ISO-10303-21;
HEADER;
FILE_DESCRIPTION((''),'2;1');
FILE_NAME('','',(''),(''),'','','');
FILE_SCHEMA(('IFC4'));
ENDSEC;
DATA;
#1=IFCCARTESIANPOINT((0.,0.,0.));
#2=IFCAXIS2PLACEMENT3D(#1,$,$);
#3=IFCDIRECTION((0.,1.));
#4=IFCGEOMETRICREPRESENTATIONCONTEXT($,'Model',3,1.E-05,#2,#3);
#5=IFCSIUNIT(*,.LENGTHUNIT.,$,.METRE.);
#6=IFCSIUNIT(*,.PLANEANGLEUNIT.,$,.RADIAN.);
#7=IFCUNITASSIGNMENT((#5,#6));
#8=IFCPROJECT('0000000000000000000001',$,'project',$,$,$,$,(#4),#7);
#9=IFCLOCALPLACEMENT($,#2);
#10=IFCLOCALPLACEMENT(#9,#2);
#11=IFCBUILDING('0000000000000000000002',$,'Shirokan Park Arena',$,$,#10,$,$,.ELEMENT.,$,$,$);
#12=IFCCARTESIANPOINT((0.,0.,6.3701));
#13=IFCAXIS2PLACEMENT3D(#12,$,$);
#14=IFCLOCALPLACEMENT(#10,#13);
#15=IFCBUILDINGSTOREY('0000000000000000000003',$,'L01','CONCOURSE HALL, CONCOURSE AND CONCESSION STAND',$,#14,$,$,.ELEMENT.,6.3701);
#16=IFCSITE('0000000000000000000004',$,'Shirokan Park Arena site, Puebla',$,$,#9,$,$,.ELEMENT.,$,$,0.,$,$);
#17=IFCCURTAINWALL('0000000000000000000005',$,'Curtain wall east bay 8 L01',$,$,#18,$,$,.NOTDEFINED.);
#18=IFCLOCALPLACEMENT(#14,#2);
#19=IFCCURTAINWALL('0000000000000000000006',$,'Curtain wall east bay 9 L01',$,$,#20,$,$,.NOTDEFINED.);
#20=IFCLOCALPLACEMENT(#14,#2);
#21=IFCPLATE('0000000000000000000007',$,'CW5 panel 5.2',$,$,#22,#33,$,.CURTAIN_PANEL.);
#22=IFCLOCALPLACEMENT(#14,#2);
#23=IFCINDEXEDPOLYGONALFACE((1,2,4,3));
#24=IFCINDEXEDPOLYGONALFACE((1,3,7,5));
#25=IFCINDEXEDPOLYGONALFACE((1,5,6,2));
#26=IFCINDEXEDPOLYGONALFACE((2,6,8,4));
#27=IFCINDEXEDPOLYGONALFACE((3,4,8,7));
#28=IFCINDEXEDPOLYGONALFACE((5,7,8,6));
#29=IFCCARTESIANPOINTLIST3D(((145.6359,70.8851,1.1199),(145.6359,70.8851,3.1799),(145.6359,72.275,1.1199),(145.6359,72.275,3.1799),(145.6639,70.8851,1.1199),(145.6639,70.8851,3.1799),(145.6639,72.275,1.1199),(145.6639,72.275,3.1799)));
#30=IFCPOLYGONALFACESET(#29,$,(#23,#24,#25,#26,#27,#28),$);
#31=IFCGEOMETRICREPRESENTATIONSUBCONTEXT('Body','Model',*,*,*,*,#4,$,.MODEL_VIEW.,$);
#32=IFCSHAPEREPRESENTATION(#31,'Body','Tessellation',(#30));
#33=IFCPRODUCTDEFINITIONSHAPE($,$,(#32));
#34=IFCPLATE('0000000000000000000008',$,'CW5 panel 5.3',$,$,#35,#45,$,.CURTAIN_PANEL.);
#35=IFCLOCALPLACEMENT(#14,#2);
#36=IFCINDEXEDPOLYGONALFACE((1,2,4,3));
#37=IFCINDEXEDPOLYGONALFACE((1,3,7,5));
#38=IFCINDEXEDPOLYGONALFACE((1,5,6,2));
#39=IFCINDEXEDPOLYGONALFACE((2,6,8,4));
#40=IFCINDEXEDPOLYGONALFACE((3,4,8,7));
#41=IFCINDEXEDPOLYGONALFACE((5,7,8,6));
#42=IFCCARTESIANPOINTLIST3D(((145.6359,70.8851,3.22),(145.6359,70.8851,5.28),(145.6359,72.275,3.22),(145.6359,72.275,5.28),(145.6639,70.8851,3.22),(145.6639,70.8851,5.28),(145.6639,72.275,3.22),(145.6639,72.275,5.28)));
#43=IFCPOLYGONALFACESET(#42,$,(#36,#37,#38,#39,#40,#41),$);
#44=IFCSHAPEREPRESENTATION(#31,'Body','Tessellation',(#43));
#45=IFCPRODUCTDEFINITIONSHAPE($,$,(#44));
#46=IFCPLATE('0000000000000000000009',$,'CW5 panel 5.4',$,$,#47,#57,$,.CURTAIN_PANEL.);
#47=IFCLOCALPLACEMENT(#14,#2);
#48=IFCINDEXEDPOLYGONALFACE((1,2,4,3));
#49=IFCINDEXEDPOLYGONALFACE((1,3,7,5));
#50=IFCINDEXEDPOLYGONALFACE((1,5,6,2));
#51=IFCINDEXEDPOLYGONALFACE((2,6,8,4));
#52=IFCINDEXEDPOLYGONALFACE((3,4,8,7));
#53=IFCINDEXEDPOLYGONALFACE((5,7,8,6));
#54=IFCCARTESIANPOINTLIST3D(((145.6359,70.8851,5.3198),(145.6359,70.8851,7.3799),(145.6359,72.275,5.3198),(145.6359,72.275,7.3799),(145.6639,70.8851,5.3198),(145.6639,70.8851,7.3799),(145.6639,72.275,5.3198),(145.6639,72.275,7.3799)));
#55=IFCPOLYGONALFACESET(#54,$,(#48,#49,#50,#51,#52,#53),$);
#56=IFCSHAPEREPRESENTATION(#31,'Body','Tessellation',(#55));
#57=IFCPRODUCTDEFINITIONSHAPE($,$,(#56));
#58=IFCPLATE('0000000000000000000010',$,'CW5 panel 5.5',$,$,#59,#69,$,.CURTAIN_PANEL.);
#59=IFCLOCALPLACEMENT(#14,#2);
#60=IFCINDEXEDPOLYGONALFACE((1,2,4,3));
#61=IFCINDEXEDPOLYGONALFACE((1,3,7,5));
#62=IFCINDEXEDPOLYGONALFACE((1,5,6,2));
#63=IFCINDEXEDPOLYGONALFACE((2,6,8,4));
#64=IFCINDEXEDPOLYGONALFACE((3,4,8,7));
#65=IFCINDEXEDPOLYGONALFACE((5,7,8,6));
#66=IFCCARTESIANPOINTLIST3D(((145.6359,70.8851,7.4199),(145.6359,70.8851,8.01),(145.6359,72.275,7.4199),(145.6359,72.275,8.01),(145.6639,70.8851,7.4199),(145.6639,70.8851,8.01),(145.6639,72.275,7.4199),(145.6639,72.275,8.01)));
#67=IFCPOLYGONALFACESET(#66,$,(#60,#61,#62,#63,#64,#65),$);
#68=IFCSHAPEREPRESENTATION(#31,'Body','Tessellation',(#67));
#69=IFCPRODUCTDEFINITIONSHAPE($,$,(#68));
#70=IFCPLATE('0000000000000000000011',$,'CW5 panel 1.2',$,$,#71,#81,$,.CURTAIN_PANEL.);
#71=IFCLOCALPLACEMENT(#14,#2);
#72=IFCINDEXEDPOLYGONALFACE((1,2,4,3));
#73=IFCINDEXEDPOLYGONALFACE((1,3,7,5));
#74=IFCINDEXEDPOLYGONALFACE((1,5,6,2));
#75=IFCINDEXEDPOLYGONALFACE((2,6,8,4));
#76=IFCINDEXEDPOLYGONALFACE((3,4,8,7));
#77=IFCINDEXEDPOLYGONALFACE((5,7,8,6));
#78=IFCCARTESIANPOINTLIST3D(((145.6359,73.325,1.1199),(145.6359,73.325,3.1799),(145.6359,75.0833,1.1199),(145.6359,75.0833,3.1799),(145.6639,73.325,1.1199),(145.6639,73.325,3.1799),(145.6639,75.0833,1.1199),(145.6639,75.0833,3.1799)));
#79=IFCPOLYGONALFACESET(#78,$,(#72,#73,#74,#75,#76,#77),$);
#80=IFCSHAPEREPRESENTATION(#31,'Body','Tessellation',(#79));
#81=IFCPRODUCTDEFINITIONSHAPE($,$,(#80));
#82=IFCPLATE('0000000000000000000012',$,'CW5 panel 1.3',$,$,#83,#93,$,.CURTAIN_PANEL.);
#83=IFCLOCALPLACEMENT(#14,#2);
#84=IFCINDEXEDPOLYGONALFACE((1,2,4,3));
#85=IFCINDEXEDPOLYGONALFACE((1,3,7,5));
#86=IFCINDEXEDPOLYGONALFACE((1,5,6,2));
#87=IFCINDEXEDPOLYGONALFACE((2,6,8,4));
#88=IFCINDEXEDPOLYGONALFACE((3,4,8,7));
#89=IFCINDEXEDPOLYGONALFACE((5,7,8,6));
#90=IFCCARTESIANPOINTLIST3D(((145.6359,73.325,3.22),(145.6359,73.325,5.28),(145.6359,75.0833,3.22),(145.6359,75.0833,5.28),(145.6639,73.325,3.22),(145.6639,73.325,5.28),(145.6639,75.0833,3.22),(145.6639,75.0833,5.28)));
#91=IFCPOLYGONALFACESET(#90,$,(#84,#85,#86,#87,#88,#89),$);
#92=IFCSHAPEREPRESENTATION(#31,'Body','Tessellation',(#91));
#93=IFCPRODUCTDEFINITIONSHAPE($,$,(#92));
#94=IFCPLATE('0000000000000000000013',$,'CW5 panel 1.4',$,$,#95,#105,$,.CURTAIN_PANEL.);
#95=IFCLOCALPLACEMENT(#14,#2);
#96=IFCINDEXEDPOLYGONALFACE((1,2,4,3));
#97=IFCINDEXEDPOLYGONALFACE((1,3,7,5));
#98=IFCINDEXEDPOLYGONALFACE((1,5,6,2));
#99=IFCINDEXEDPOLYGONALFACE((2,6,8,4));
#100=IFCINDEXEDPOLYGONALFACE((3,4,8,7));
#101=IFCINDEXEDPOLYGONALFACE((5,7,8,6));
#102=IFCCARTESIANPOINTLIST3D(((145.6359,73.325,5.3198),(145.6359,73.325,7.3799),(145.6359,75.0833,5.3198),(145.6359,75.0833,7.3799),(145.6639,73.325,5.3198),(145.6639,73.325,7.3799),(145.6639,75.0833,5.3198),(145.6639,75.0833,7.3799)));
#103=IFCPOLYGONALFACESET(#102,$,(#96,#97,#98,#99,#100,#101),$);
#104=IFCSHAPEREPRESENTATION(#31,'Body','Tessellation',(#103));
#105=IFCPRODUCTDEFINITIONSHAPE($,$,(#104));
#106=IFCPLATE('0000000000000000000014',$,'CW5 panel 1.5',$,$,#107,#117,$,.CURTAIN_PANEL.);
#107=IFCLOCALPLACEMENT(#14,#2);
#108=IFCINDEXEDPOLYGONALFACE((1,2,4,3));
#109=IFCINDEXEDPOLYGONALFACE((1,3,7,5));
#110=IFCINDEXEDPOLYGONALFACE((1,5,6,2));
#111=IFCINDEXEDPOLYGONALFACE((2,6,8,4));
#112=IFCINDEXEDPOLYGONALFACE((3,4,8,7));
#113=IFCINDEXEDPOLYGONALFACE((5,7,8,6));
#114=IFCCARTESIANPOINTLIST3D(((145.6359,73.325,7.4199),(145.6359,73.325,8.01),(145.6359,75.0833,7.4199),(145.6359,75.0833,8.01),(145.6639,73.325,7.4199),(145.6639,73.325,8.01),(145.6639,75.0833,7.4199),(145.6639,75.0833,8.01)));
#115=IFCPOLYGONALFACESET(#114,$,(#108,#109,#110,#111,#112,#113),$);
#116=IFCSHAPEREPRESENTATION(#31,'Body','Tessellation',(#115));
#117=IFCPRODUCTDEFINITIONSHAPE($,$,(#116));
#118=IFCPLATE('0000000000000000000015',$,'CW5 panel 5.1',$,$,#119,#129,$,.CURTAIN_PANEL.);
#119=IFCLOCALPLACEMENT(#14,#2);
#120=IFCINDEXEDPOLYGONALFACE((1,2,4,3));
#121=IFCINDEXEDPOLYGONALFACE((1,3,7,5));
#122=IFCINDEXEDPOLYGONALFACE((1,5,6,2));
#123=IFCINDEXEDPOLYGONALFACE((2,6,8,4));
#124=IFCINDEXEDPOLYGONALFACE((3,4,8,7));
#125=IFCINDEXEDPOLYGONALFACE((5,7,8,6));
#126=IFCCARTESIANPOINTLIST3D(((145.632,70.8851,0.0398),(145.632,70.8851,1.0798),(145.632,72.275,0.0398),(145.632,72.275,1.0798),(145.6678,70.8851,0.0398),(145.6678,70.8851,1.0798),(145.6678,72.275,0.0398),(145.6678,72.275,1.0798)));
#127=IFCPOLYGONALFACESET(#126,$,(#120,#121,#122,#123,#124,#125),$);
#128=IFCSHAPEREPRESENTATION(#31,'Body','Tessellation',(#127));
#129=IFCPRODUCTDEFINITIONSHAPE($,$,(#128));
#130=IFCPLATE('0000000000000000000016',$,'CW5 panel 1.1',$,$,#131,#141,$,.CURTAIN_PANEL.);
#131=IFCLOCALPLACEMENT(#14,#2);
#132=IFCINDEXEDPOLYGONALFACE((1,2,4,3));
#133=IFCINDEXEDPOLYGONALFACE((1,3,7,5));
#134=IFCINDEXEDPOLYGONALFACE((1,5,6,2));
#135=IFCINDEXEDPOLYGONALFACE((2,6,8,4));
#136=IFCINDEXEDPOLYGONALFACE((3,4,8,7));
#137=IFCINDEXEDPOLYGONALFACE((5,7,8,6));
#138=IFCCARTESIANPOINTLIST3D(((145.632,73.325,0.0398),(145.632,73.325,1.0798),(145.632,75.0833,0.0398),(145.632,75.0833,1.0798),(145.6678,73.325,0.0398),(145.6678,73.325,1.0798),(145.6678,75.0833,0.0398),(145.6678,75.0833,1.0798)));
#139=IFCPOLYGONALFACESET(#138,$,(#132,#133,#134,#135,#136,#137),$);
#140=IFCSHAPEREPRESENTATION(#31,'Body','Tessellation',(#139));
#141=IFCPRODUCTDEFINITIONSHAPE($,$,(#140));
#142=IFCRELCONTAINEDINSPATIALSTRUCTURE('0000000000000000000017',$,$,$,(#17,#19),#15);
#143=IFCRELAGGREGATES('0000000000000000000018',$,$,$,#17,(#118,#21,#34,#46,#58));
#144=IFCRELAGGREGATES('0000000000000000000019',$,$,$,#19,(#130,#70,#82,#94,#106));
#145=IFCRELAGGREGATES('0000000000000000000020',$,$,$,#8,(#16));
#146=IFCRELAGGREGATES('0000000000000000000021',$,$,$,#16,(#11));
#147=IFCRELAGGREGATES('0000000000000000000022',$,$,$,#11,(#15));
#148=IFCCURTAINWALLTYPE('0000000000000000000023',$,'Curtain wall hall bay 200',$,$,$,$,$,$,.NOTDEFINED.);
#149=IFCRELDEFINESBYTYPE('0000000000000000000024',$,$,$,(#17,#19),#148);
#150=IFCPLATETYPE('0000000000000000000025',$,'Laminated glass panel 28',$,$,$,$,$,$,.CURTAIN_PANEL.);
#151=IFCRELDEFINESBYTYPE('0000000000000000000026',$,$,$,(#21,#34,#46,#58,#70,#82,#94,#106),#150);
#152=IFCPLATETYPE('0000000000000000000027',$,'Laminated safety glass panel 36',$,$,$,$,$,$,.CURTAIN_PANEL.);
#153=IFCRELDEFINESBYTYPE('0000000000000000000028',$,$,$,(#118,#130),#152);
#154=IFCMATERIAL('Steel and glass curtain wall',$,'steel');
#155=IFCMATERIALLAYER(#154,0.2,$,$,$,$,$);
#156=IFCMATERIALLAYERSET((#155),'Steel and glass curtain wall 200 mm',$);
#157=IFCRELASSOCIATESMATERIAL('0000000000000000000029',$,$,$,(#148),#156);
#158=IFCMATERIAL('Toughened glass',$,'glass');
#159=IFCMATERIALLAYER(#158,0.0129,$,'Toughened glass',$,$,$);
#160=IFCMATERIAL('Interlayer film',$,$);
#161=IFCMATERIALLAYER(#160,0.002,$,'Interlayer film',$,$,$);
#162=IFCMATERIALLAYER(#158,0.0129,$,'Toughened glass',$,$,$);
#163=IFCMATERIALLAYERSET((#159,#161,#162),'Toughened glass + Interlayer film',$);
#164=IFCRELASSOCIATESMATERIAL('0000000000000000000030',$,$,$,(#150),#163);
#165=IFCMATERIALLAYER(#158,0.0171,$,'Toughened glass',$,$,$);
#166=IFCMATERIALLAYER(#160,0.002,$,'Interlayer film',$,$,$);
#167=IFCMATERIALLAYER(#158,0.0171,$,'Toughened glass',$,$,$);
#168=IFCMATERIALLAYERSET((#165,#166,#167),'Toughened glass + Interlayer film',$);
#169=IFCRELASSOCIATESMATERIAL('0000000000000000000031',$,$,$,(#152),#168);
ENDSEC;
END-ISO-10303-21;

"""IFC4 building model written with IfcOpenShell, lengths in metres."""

from ifc_helpers import new_model, si_unit, direction, frame, origin, origin_2d, place, context, subcontext, project, spatial, rectangle, extrude, material, layer, layer_set, type_object, element, aggregate, save


model = new_model("IFC4")

# Units and contexts
model_context = context("Model", 3, precision=1e-05, world=origin(), true_north=direction((0.0, 1.0)))
body_context = subcontext(model_context, "Body", "Model", "MODEL_VIEW")
ifc_project = project(units=[si_unit("LENGTHUNIT", "METRE"), si_unit("PLANEANGLEUNIT", "RADIAN")], contexts=[model_context])

# Site, building, storey
site_placement = place(None, origin())
site = spatial("IfcSite", under=ifc_project, at=site_placement, Name="Shirokan Park Arena site, Puebla", CompositionType="ELEMENT", RefElevation=0.0)
building_placement = place(site_placement, origin())
building = spatial("IfcBuilding", under=site, at=building_placement, Name="Shirokan Park Arena", CompositionType="ELEMENT")
storey_placement = place(building_placement, frame((0.0, 0.0, 6.3701)))
storey = spatial("IfcBuildingStorey", under=building, at=storey_placement, Name="L01", Description="CONCOURSE HALL, CONCOURSE AND CONCESSION STAND", CompositionType="ELEMENT", Elevation=6.3701)

# Curtain wall
ifc_material_1 = material(Name="Steel and glass curtain wall", Category="steel")
ifc_layer_1 = layer(ifc_material_1, 0.2)
ifc_layer_set_1 = layer_set([ifc_layer_1], Name="Steel and glass curtain wall 200 mm")
curtain_wall_type = type_object("IfcCurtainWallType", Name="Curtain wall hall bay 200", PredefinedType="NOTDEFINED", material=ifc_layer_set_1)
curtain_wall_1_placement = place(storey_placement, origin())
curtain_wall_1 = element("IfcCurtainWall", 1, at=curtain_wall_1_placement, inside=storey, type_object=curtain_wall_type, Name="Curtain wall east bay 8 L01", PredefinedType="NOTDEFINED")

# Curtain wall
curtain_wall_2_placement = place(storey_placement, origin())
curtain_wall_2 = element("IfcCurtainWall", 2, at=curtain_wall_2_placement, inside=storey, type_object=curtain_wall_type, Name="Curtain wall east bay 9 L01", PredefinedType="NOTDEFINED")

# Plates
ifc_material_2 = material(Name="Toughened glass", Category="glass")
ifc_layer_2 = layer(ifc_material_2, 0.0129, Name="Toughened glass")
ifc_material_3 = material(Name="Interlayer film")
ifc_layer_3 = layer(ifc_material_3, 0.002, Name="Interlayer film")
ifc_layer_4 = layer(ifc_material_2, 0.0129, Name="Toughened glass")
ifc_layer_set_2 = layer_set([ifc_layer_2, ifc_layer_3, ifc_layer_4], Name="Toughened glass + Interlayer film")
plate_type_1 = type_object("IfcPlateType", Name="Laminated glass panel 28", PredefinedType="CURTAIN_PANEL", material=ifc_layer_set_2)
plate_1_placement = place(storey_placement, frame((145.6499, 71.5801, 1.1199), z_axis=(0.0, 0.0, 1.0), x_axis=(0.0, 1.0, 0.0)))
plate_1 = element("IfcPlate", 3, at=plate_1_placement, type_object=plate_type_1, Name="CW5 panel 5.2", PredefinedType="CURTAIN_PANEL", context=body_context, shape_type="SweptSolid", body=[
    extrude(rectangle(XDim=1.3899, YDim=0.0281, at=origin_2d()), origin(), (0.0, 0.0, 1.0), 2.0601),
])
plate_2_placement = place(storey_placement, frame((145.6499, 71.5801, 3.22), z_axis=(0.0, 0.0, 1.0), x_axis=(0.0, 1.0, 0.0)))
plate_2 = element("IfcPlate", 4, at=plate_2_placement, type_object=plate_type_1, Name="CW5 panel 5.3", PredefinedType="CURTAIN_PANEL", context=body_context, shape_type="SweptSolid", body=[
    extrude(rectangle(XDim=1.3899, YDim=0.0281, at=origin_2d()), origin(), (0.0, 0.0, 1.0), 2.0601),
])
plate_3_placement = place(storey_placement, frame((145.6499, 71.5801, 5.3198), z_axis=(0.0, 0.0, 1.0), x_axis=(0.0, 1.0, 0.0)))
plate_3 = element("IfcPlate", 5, at=plate_3_placement, type_object=plate_type_1, Name="CW5 panel 5.4", PredefinedType="CURTAIN_PANEL", context=body_context, shape_type="SweptSolid", body=[
    extrude(rectangle(XDim=1.3899, YDim=0.0281, at=origin_2d()), origin(), (0.0, 0.0, 1.0), 2.0601),
])
plate_4_placement = place(storey_placement, frame((145.6499, 71.5801, 7.4199), z_axis=(0.0, 0.0, 1.0), x_axis=(0.0, 1.0, 0.0)))
plate_4 = element("IfcPlate", 6, at=plate_4_placement, type_object=plate_type_1, Name="CW5 panel 5.5", PredefinedType="CURTAIN_PANEL", context=body_context, shape_type="SweptSolid", body=[
    extrude(rectangle(XDim=1.3899, YDim=0.0281, at=origin_2d()), origin(), (0.0, 0.0, 1.0), 0.5901),
])
plate_5_placement = place(storey_placement, frame((145.6499, 74.2041, 1.1199), z_axis=(0.0, 0.0, 1.0), x_axis=(0.0, 1.0, 0.0)))
plate_5 = element("IfcPlate", 7, at=plate_5_placement, type_object=plate_type_1, Name="CW5 panel 1.2", PredefinedType="CURTAIN_PANEL", context=body_context, shape_type="SweptSolid", body=[
    extrude(rectangle(XDim=1.7583, YDim=0.0281, at=origin_2d()), origin(), (0.0, 0.0, 1.0), 2.0601),
])
plate_6_placement = place(storey_placement, frame((145.6499, 74.2041, 3.22), z_axis=(0.0, 0.0, 1.0), x_axis=(0.0, 1.0, 0.0)))
plate_6 = element("IfcPlate", 8, at=plate_6_placement, type_object=plate_type_1, Name="CW5 panel 1.3", PredefinedType="CURTAIN_PANEL", context=body_context, shape_type="SweptSolid", body=[
    extrude(rectangle(XDim=1.7583, YDim=0.0281, at=origin_2d()), origin(), (0.0, 0.0, 1.0), 2.0601),
])
plate_7_placement = place(storey_placement, frame((145.6499, 74.2041, 5.3198), z_axis=(0.0, 0.0, 1.0), x_axis=(0.0, 1.0, 0.0)))
plate_7 = element("IfcPlate", 9, at=plate_7_placement, type_object=plate_type_1, Name="CW5 panel 1.4", PredefinedType="CURTAIN_PANEL", context=body_context, shape_type="SweptSolid", body=[
    extrude(rectangle(XDim=1.7583, YDim=0.0281, at=origin_2d()), origin(), (0.0, 0.0, 1.0), 2.0601),
])
plate_8_placement = place(storey_placement, frame((145.6499, 74.2041, 7.4199), z_axis=(0.0, 0.0, 1.0), x_axis=(0.0, 1.0, 0.0)))
plate_8 = element("IfcPlate", 10, at=plate_8_placement, type_object=plate_type_1, Name="CW5 panel 1.5", PredefinedType="CURTAIN_PANEL", context=body_context, shape_type="SweptSolid", body=[
    extrude(rectangle(XDim=1.7583, YDim=0.0281, at=origin_2d()), origin(), (0.0, 0.0, 1.0), 0.5901),
])
ifc_layer_5 = layer(ifc_material_2, 0.0171, Name="Toughened glass")
ifc_layer_6 = layer(ifc_material_3, 0.002, Name="Interlayer film")
ifc_layer_7 = layer(ifc_material_2, 0.0171, Name="Toughened glass")
ifc_layer_set_3 = layer_set([ifc_layer_5, ifc_layer_6, ifc_layer_7], Name="Toughened glass + Interlayer film")
plate_type_2 = type_object("IfcPlateType", Name="Laminated safety glass panel 36", PredefinedType="CURTAIN_PANEL", material=ifc_layer_set_3)
plate_9_placement = place(storey_placement, frame((145.6499, 71.5801, 0.0398), z_axis=(0.0, 0.0, 1.0), x_axis=(0.0, 1.0, 0.0)))
plate_9 = element("IfcPlate", 11, at=plate_9_placement, type_object=plate_type_2, Name="CW5 panel 5.1", PredefinedType="CURTAIN_PANEL", context=body_context, shape_type="SweptSolid", body=[
    extrude(rectangle(XDim=1.3899, YDim=0.0359, at=origin_2d()), origin(), (0.0, 0.0, 1.0), 1.04),
])
aggregate(curtain_wall_1, [plate_9, plate_1, plate_2, plate_3, plate_4])
plate_10_placement = place(storey_placement, frame((145.6499, 74.2041, 0.0398), z_axis=(0.0, 0.0, 1.0), x_axis=(0.0, 1.0, 0.0)))
plate_10 = element("IfcPlate", 12, at=plate_10_placement, type_object=plate_type_2, Name="CW5 panel 1.1", PredefinedType="CURTAIN_PANEL", context=body_context, shape_type="SweptSolid", body=[
    extrude(rectangle(XDim=1.7583, YDim=0.0359, at=origin_2d()), origin(), (0.0, 0.0, 1.0), 1.04),
])
aggregate(curtain_wall_2, [plate_10, plate_5, plate_6, plate_7, plate_8])

save(model, "model.ifc")
